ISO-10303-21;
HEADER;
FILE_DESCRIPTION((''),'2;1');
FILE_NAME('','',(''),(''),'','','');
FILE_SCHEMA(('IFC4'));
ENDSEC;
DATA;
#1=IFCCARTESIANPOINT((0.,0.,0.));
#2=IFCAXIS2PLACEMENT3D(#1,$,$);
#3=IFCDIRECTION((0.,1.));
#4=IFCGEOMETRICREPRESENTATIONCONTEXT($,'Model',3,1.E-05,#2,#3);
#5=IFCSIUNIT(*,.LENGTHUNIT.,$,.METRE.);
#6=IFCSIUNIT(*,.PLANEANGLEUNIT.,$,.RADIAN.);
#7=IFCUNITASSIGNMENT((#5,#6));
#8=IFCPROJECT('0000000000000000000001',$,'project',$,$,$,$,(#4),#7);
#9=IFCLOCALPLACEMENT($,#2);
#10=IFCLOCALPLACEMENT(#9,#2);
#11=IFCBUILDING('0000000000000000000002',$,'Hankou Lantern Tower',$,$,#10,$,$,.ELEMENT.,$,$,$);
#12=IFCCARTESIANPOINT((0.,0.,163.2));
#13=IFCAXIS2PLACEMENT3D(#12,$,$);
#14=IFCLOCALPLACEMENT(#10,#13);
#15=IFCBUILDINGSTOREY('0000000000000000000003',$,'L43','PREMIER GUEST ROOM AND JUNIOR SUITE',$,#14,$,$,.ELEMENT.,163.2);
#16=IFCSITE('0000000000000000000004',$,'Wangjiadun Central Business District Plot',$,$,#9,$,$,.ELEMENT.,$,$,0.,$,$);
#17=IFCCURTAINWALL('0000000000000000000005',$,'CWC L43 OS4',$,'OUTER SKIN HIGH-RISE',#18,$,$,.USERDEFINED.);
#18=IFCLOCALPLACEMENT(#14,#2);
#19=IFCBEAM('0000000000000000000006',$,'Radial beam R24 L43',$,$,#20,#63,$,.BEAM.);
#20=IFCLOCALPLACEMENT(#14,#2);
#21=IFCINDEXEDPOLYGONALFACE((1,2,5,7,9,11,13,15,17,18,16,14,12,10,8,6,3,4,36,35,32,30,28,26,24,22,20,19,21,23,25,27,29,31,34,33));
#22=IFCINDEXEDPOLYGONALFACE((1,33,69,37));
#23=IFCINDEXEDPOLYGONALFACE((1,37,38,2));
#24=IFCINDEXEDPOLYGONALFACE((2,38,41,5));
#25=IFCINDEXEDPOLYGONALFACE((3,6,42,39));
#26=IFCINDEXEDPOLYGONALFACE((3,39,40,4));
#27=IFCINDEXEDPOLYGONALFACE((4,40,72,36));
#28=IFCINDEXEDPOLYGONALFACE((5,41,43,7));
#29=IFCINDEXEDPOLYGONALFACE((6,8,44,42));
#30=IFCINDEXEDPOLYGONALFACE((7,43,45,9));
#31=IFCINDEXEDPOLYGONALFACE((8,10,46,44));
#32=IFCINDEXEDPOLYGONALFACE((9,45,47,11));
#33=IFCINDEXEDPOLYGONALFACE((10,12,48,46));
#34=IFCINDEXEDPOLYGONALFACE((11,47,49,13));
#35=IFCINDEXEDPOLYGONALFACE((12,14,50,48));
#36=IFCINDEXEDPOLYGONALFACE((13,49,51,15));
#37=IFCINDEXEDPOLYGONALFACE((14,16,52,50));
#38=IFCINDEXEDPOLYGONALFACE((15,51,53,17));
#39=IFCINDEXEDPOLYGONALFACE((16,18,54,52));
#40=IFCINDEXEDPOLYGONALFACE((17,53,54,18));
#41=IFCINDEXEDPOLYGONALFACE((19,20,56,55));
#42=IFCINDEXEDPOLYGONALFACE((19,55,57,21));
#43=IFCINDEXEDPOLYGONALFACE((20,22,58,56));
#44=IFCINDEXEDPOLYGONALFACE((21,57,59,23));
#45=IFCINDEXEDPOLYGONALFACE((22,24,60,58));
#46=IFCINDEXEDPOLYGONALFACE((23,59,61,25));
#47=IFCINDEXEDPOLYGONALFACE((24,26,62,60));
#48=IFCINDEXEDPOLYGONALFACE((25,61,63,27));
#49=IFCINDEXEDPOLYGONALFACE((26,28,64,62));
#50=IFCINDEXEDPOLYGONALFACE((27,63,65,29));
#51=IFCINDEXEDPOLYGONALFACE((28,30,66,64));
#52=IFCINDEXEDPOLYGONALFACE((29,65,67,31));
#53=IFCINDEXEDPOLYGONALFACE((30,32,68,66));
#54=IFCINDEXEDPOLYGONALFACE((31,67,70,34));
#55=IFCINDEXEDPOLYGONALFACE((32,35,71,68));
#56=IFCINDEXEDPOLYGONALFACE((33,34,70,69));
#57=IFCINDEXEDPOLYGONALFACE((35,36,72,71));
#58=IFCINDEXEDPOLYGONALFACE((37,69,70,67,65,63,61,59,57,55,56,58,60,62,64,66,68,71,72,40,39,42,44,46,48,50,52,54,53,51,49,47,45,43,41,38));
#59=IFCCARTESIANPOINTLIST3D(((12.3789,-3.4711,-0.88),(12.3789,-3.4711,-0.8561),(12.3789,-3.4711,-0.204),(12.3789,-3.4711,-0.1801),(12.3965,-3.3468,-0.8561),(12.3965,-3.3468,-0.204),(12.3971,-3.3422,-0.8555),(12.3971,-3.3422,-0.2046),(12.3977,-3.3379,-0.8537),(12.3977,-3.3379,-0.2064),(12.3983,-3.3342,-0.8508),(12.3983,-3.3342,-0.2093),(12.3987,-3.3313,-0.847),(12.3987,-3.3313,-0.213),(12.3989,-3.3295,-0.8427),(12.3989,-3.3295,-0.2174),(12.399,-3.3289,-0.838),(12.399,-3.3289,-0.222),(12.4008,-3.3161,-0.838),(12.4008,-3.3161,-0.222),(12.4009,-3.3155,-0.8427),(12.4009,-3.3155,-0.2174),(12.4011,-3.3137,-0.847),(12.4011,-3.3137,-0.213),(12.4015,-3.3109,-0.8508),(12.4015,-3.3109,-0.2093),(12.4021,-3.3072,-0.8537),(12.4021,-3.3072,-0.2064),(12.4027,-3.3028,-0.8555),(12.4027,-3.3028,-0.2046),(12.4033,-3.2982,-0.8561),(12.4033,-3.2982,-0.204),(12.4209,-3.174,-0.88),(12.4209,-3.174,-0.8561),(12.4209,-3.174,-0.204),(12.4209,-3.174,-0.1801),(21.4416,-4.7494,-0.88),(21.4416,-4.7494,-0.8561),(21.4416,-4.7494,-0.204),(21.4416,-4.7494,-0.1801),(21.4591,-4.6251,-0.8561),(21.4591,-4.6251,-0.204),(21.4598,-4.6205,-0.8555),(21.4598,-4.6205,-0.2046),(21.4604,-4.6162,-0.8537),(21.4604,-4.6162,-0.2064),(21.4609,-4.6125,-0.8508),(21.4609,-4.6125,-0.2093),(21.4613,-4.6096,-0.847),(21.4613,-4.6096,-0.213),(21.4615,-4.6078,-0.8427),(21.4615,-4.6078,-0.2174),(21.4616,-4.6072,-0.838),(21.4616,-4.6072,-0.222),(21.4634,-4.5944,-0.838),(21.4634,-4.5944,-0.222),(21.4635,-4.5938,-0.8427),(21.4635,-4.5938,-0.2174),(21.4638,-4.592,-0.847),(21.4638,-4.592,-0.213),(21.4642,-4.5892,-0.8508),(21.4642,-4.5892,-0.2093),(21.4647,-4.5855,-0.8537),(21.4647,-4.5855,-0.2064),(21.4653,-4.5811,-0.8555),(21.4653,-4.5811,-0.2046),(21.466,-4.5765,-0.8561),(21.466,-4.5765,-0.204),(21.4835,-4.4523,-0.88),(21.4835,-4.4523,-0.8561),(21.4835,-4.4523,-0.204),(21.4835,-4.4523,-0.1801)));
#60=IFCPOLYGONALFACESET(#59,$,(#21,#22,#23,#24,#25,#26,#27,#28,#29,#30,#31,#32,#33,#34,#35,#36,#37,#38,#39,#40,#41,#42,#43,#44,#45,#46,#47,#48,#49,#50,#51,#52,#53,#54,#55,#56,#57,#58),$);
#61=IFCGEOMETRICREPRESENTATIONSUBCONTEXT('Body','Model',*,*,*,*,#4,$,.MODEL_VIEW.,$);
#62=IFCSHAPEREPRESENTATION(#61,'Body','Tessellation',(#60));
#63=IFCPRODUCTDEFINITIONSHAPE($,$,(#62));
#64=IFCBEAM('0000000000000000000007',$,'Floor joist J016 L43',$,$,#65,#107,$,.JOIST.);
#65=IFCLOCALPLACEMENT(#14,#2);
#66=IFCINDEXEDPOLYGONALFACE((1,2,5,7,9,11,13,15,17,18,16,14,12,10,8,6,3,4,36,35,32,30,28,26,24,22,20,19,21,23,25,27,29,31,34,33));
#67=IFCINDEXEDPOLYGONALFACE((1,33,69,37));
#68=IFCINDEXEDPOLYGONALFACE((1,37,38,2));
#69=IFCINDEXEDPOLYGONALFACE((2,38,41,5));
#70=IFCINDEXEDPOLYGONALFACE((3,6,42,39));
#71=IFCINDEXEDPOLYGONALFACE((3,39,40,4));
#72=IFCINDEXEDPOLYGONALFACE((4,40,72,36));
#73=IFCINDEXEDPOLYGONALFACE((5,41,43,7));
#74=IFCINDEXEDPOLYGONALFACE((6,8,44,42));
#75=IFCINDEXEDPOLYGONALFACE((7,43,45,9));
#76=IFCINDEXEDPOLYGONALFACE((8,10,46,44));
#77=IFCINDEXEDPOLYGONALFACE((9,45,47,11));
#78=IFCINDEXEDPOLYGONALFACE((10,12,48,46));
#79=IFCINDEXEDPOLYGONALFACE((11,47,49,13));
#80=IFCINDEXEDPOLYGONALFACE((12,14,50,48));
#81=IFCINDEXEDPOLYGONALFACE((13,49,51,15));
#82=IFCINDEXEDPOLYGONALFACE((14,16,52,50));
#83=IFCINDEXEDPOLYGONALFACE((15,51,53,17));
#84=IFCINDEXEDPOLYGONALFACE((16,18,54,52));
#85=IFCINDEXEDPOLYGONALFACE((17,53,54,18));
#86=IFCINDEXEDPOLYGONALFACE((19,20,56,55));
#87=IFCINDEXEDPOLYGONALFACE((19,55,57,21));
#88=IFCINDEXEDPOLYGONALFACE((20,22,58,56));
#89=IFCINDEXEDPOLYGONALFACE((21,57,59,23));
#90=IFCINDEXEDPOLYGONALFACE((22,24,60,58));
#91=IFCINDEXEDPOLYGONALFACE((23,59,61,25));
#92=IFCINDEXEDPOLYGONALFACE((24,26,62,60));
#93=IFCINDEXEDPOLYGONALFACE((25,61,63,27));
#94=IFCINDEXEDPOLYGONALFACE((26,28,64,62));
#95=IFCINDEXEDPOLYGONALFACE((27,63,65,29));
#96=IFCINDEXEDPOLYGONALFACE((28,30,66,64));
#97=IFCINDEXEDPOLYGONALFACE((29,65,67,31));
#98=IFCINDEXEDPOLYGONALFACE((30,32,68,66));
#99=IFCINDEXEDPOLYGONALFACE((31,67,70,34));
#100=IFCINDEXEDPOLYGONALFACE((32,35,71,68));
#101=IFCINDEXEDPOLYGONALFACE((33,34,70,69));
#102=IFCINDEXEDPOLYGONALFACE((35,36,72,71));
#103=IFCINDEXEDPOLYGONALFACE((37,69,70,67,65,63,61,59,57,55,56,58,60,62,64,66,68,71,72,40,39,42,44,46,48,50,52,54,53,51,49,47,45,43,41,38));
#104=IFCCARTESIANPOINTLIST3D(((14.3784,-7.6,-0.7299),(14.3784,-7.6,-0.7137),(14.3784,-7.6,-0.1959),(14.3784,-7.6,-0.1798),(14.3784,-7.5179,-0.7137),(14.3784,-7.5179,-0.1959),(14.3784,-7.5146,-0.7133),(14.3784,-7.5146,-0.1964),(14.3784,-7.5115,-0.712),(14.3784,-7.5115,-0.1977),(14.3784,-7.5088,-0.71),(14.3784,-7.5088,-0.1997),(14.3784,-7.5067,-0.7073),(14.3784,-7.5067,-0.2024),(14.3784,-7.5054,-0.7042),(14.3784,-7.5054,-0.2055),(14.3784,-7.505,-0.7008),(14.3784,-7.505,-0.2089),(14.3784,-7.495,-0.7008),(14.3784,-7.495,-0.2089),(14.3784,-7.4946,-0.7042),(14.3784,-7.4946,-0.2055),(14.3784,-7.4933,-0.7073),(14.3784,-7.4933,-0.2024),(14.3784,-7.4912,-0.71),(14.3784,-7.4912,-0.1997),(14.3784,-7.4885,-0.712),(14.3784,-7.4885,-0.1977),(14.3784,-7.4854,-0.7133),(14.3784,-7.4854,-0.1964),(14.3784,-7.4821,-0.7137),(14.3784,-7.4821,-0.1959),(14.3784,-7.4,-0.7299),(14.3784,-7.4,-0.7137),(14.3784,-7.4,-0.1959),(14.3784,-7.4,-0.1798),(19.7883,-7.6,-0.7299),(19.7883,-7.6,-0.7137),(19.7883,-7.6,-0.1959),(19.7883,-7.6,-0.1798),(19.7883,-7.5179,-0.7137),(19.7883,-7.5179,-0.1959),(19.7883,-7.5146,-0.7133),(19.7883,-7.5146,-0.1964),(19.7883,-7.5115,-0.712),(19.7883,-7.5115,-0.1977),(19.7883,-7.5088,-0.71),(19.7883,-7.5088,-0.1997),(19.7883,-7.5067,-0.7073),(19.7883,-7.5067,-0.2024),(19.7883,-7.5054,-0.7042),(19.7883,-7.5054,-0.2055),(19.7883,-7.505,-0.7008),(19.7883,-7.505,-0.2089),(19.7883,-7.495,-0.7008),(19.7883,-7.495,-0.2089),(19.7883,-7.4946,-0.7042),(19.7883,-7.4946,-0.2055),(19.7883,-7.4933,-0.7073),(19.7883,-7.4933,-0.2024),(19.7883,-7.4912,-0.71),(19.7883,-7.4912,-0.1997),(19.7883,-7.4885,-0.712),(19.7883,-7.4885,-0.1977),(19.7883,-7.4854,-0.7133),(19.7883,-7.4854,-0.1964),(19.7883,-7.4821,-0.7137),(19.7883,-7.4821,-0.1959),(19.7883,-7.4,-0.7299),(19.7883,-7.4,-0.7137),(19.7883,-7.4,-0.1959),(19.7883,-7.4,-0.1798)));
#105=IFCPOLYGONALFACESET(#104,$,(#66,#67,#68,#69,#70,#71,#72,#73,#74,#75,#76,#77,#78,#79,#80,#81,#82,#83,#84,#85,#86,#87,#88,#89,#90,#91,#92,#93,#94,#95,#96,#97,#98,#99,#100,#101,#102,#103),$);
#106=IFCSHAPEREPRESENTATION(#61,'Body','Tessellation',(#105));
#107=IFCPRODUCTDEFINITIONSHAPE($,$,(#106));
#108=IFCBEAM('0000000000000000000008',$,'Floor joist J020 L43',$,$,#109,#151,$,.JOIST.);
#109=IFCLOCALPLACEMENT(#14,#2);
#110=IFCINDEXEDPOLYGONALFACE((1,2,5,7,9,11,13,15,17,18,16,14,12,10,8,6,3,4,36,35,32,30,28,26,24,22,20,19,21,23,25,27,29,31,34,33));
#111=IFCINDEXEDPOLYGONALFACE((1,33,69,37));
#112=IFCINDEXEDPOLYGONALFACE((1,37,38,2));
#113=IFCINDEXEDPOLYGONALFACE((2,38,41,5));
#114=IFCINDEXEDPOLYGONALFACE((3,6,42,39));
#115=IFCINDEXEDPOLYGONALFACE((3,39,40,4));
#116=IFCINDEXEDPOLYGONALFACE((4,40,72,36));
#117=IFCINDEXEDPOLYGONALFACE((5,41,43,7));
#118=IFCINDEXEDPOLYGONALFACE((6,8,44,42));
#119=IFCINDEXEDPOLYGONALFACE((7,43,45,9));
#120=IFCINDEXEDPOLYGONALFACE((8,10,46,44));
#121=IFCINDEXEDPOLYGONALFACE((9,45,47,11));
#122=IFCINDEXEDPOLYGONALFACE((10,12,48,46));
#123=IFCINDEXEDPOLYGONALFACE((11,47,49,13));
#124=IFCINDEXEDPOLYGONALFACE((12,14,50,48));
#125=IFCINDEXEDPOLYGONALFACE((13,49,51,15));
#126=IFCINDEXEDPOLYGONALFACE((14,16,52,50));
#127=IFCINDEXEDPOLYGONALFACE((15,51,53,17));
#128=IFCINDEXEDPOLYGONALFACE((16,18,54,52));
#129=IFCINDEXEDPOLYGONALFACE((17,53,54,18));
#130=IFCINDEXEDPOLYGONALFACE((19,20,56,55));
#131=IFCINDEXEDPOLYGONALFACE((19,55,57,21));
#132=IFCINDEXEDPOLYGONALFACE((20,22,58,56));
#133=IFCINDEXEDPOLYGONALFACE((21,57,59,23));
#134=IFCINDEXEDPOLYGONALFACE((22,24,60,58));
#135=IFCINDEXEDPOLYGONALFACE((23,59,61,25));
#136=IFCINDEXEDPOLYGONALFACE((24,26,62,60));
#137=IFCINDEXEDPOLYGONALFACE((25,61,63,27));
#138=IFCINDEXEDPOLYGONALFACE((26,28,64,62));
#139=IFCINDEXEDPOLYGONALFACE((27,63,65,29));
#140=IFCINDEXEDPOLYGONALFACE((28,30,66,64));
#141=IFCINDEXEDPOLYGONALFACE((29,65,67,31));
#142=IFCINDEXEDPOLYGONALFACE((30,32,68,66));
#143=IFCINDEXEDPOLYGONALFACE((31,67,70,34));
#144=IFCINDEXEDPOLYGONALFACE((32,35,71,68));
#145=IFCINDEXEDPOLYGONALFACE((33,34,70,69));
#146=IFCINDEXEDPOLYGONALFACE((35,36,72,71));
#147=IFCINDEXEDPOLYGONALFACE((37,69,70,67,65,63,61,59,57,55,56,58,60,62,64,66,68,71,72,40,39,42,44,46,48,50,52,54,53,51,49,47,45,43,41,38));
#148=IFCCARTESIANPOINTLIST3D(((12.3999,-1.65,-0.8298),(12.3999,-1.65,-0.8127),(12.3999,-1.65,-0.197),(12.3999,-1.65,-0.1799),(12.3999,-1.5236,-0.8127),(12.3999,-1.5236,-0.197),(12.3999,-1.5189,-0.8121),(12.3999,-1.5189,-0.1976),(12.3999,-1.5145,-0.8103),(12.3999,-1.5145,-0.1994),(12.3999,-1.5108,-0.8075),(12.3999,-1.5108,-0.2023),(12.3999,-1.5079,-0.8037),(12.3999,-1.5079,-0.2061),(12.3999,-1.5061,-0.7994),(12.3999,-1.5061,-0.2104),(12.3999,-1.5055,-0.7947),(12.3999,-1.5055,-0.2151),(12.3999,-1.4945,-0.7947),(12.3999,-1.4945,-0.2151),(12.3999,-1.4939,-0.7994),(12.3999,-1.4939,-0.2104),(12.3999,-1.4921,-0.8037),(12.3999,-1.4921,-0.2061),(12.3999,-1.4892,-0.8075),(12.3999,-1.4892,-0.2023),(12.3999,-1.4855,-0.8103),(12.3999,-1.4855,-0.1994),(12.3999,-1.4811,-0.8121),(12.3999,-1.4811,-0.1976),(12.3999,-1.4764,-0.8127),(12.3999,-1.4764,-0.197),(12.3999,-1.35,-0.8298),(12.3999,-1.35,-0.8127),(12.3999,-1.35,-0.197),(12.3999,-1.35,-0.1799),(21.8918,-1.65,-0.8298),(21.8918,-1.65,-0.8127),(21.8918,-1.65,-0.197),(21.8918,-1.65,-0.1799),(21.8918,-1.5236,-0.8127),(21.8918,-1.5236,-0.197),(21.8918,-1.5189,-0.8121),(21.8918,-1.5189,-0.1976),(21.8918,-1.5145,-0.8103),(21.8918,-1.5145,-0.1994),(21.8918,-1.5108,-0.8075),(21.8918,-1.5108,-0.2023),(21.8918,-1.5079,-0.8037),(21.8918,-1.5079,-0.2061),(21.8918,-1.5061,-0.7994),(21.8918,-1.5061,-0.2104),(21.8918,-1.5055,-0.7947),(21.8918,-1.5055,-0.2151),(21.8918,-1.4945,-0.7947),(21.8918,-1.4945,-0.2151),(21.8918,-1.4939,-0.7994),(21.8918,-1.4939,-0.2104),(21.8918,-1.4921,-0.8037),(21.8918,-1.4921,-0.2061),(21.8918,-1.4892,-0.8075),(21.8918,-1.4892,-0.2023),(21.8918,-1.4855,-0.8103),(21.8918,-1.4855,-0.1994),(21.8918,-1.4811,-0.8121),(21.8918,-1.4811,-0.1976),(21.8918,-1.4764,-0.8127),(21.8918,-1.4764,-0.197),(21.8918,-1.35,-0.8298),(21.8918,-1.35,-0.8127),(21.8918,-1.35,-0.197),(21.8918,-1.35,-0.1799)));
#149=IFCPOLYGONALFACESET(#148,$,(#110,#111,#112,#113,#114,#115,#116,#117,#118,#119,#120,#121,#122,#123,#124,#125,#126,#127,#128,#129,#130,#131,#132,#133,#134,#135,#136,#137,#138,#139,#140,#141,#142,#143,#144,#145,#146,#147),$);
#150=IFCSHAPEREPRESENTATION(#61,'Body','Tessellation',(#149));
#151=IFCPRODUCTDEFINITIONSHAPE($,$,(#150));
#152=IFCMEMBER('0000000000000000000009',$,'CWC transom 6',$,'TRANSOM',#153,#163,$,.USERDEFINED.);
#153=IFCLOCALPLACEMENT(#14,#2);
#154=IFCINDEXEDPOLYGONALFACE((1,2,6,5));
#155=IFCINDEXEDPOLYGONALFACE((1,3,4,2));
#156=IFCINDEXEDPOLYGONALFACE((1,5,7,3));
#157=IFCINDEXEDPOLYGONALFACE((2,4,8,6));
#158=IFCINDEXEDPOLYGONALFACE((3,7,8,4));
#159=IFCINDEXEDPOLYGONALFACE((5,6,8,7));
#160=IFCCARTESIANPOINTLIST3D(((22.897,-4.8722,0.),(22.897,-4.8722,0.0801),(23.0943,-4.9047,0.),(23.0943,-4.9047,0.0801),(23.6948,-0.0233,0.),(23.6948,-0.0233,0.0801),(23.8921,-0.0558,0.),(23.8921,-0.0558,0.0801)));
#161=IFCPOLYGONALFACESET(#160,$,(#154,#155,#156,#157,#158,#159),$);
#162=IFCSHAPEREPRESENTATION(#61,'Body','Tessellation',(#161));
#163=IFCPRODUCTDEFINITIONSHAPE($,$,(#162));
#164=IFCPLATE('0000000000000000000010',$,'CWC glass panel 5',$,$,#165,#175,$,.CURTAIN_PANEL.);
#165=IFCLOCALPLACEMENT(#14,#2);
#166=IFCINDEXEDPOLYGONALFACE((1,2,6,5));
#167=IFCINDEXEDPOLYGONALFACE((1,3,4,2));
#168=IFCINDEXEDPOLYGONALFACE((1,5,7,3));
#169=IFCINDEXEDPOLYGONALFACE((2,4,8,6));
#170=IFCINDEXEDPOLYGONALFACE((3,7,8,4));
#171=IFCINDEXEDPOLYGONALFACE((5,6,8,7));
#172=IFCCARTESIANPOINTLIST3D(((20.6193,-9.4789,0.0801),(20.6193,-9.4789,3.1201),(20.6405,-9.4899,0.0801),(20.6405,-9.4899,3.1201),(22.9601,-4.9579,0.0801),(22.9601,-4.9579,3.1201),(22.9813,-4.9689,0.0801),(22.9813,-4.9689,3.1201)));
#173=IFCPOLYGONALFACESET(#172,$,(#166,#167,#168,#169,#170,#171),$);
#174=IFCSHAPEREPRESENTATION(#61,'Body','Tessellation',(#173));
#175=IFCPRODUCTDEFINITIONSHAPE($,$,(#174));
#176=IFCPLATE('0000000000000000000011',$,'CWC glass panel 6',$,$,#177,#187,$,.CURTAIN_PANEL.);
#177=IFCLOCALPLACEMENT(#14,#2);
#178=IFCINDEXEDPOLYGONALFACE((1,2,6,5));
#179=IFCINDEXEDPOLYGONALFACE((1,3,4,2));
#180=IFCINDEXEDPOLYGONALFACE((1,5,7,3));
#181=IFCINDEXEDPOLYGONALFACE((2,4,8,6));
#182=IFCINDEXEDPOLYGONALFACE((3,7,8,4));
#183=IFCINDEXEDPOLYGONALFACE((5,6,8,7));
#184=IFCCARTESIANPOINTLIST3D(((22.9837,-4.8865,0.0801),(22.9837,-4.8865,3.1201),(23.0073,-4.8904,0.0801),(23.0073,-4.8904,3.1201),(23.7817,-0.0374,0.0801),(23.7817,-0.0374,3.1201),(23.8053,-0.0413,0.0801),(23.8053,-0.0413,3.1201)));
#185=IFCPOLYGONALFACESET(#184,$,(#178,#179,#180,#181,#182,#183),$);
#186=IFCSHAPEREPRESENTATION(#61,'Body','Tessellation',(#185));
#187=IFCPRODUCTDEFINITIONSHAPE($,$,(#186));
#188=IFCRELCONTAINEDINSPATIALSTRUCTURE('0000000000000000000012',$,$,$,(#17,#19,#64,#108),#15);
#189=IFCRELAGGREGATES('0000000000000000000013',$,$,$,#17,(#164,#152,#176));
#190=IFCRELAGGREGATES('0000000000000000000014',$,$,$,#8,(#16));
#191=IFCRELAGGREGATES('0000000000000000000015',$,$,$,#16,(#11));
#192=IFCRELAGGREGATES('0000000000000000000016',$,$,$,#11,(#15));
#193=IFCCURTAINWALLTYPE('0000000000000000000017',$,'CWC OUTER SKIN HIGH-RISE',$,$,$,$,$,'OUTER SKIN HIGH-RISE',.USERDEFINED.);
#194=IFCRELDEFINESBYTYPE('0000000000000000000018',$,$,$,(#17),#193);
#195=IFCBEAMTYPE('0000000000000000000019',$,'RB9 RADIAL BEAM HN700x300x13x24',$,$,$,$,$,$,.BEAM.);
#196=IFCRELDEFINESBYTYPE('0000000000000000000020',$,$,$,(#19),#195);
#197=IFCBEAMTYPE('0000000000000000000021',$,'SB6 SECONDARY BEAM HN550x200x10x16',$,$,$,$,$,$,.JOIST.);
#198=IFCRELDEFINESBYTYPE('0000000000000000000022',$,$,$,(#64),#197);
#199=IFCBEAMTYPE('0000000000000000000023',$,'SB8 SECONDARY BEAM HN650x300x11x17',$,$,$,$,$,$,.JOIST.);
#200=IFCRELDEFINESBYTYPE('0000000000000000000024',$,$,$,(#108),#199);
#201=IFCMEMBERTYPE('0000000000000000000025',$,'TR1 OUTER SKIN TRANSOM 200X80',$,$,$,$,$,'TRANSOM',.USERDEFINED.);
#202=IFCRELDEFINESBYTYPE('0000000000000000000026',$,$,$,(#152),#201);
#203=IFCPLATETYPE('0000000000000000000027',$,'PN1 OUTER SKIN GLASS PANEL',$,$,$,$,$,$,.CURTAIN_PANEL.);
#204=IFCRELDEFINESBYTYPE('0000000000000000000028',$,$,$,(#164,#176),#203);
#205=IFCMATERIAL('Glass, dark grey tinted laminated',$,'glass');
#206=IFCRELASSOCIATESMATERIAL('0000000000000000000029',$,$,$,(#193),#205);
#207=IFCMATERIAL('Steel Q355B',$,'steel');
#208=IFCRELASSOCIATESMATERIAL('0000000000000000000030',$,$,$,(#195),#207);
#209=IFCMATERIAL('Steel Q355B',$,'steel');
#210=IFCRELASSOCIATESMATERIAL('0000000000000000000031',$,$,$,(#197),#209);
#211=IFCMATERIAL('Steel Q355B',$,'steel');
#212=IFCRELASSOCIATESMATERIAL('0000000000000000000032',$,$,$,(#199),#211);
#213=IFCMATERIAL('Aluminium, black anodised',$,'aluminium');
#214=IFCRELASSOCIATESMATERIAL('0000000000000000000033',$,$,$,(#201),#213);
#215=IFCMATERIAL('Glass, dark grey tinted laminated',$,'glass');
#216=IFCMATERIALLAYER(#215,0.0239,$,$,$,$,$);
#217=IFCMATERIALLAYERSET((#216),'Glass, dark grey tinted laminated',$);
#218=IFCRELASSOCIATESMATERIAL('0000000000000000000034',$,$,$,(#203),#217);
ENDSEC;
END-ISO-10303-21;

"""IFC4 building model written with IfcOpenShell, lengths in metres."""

from ifc_helpers import new_model, si_unit, direction, frame, origin, origin_2d, place, context, subcontext, project, spatial, rectangle, i_section, extrude, material, layer, layer_set, material_profile, profile_set, type_object, element, aggregate, save


model = new_model("IFC4")

# Units and contexts
model_context = context("Model", 3, precision=1e-05, world=origin(), true_north=direction((0.0, 1.0)))
body_context = subcontext(model_context, "Body", "Model", "MODEL_VIEW")
ifc_project = project(units=[si_unit("LENGTHUNIT", "METRE"), si_unit("PLANEANGLEUNIT", "RADIAN")], contexts=[model_context])

# Site, building, storey
site_placement = place(None, origin())
site = spatial("IfcSite", under=ifc_project, at=site_placement, Name="Wangjiadun Central Business District Plot", CompositionType="ELEMENT", RefElevation=0.0)
building_placement = place(site_placement, origin())
building = spatial("IfcBuilding", under=site, at=building_placement, Name="Hankou Lantern Tower", CompositionType="ELEMENT")
storey_placement = place(building_placement, frame((0.0, 0.0, 163.2)))
storey = spatial("IfcBuildingStorey", under=building, at=storey_placement, Name="L43", Description="PREMIER GUEST ROOM AND JUNIOR SUITE", CompositionType="ELEMENT", Elevation=163.2)

# Curtain wall
ifc_material_1 = material(Name="Glass, dark grey tinted laminated", Category="glass")
curtain_wall_type = type_object("IfcCurtainWallType", Name="CWC OUTER SKIN HIGH-RISE", ElementType="OUTER SKIN HIGH-RISE", PredefinedType="USERDEFINED", material=ifc_material_1)
curtain_wall_placement = place(storey_placement, origin())
curtain_wall = element("IfcCurtainWall", 1, at=curtain_wall_placement, inside=storey, type_object=curtain_wall_type, Name="CWC L43 OS4", ObjectType="OUTER SKIN HIGH-RISE", PredefinedType="USERDEFINED")

# Beams
ifc_material_2 = material(Name="Steel Q355B", Category="steel")
ifc_material_profile_1 = material_profile(ifc_material_2, i_section(OverallWidth=0.3, OverallDepth=0.7, WebThickness=0.0129, FlangeThickness=0.0239, FilletRadius=0.0181, at=origin_2d()), Name="HN700x300x13x24")
ifc_profile_set_1 = profile_set([ifc_material_profile_1], Name="Steel Q355B")
beam_type_1 = type_object("IfcBeamType", Name="RB9 RADIAL BEAM HN700x300x13x24", PredefinedType="BEAM", material=ifc_profile_set_1)
beam_1_placement = place(storey_placement, frame((12.3999, -3.3225, -0.53), z_axis=(0.990198, -0.13967, 0.0), x_axis=(0.13967, 0.990198, 0.0)))
element("IfcBeam", 2, at=beam_1_placement, inside=storey, type_object=beam_type_1, Name="Radial beam R24 L43", PredefinedType="BEAM", context=body_context, shape_type="SweptSolid", body=[
    extrude(i_section(OverallWidth=0.3, OverallDepth=0.7, WebThickness=0.0129, FlangeThickness=0.0239, FilletRadius=0.0181, at=origin_2d()), origin(), (0.0, 0.0, 1.0), 9.1523),
])
ifc_material_3 = material(Name="Steel Q355B", Category="steel")
ifc_material_profile_2 = material_profile(ifc_material_3, i_section(OverallWidth=0.2, OverallDepth=0.55, WebThickness=0.01, FlangeThickness=0.0161, FilletRadius=0.0129, at=origin_2d()), Name="HN550x200x10x16")
ifc_profile_set_2 = profile_set([ifc_material_profile_2], Name="Steel Q355B")
beam_type_2 = type_object("IfcBeamType", Name="SB6 SECONDARY BEAM HN550x200x10x16", PredefinedType="JOIST", material=ifc_profile_set_2)
beam_2_placement = place(storey_placement, frame((14.3784, -7.5, -0.4548), z_axis=(1.0, 0.0, 0.0), x_axis=(0.0, 1.0, 0.0)))
element("IfcBeam", 3, at=beam_2_placement, inside=storey, type_object=beam_type_2, Name="Floor joist J016 L43", PredefinedType="JOIST", context=body_context, shape_type="SweptSolid", body=[
    extrude(i_section(OverallWidth=0.2, OverallDepth=0.55, WebThickness=0.01, FlangeThickness=0.0161, FilletRadius=0.0129, at=origin_2d()), origin(), (0.0, 0.0, 1.0), 5.4099),
])
ifc_material_4 = material(Name="Steel Q355B", Category="steel")
ifc_material_profile_3 = material_profile(ifc_material_4, i_section(OverallWidth=0.3, OverallDepth=0.6499, WebThickness=0.011, FlangeThickness=0.0171, FilletRadius=0.0181, at=origin_2d()), Name="HN650x300x11x17")
ifc_profile_set_3 = profile_set([ifc_material_profile_3], Name="Steel Q355B")
beam_type_3 = type_object("IfcBeamType", Name="SB8 SECONDARY BEAM HN650x300x11x17", PredefinedType="JOIST", material=ifc_profile_set_3)
beam_3_placement = place(storey_placement, frame((12.3999, -1.5, -0.5049), z_axis=(1.0, 0.0, 0.0), x_axis=(0.0, 1.0, 0.0)))
element("IfcBeam", 4, at=beam_3_placement, inside=storey, type_object=beam_type_3, Name="Floor joist J020 L43", PredefinedType="JOIST", context=body_context, shape_type="SweptSolid", body=[
    extrude(i_section(OverallWidth=0.3, OverallDepth=0.6499, WebThickness=0.011, FlangeThickness=0.0171, FilletRadius=0.0181, at=origin_2d()), origin(), (0.0, 0.0, 1.0), 9.4919),
])

# Member
ifc_material_5 = material(Name="Aluminium, black anodised", Category="aluminium")
ifc_material_profile_4 = material_profile(ifc_material_5, rectangle(XDim=0.2, YDim=0.0801, at=origin_2d()), Name="TR1 200X80")
ifc_profile_set_4 = profile_set([ifc_material_profile_4], Name="Aluminium, black anodised")
member_type_1 = type_object("IfcMemberType", Name="TR1 OUTER SKIN TRANSOM 200X80", ElementType="TRANSOM", PredefinedType="USERDEFINED", material=ifc_profile_set_4)
member_1_placement = place(storey_placement, frame((22.9956, -4.8884, 0.04), z_axis=(0.16236, 0.986732, 0.0), x_axis=(-0.986732, 0.16236, 0.0)))
member_1 = element("IfcMember", 5, at=member_1_placement, type_object=member_type_1, Name="CWC transom 6", ObjectType="TRANSOM", PredefinedType="USERDEFINED", context=body_context, shape_type="SweptSolid", body=[
    extrude(rectangle(XDim=0.2, YDim=0.0801, at=origin_2d()), origin(), (0.0, 0.0, 1.0), 4.9141),
])

# Plates
ifc_material_6 = material(Name="Glass, dark grey tinted laminated", Category="glass")
ifc_layer_1 = layer(ifc_material_6, 0.0239)
ifc_layer_set_1 = layer_set([ifc_layer_1], Name="Glass, dark grey tinted laminated")
plate_type = type_object("IfcPlateType", Name="PN1 OUTER SKIN GLASS PANEL", PredefinedType="CURTAIN_PANEL", material=ifc_layer_set_1)
plate_1_placement = place(storey_placement, frame((21.8003, -7.2239, 0.0801), z_axis=(0.0, 0.0, 1.0), x_axis=(0.459791, 0.888027, 0.0)))
plate_1 = element("IfcPlate", 6, at=plate_1_placement, type_object=plate_type, Name="CWC glass panel 5", PredefinedType="CURTAIN_PANEL", context=body_context, shape_type="SweptSolid", body=[
    extrude(rectangle(XDim=5.0911, YDim=0.0239, at=origin_2d()), origin(), (0.0, 0.0, 1.0), 3.04),
])
plate_2_placement = place(storey_placement, frame((23.3945, -2.4639, 0.0801), z_axis=(0.0, 0.0, 1.0), x_axis=(0.162382, 0.986728, 0.0)))
plate_2 = element("IfcPlate", 7, at=plate_2_placement, type_object=plate_type, Name="CWC glass panel 6", PredefinedType="CURTAIN_PANEL", context=body_context, shape_type="SweptSolid", body=[
    extrude(rectangle(XDim=4.9143, YDim=0.0239, at=origin_2d()), origin(), (0.0, 0.0, 1.0), 3.04),
])
aggregate(curtain_wall, [plate_1, member_1, plate_2])

save(model, "model.ifc")
